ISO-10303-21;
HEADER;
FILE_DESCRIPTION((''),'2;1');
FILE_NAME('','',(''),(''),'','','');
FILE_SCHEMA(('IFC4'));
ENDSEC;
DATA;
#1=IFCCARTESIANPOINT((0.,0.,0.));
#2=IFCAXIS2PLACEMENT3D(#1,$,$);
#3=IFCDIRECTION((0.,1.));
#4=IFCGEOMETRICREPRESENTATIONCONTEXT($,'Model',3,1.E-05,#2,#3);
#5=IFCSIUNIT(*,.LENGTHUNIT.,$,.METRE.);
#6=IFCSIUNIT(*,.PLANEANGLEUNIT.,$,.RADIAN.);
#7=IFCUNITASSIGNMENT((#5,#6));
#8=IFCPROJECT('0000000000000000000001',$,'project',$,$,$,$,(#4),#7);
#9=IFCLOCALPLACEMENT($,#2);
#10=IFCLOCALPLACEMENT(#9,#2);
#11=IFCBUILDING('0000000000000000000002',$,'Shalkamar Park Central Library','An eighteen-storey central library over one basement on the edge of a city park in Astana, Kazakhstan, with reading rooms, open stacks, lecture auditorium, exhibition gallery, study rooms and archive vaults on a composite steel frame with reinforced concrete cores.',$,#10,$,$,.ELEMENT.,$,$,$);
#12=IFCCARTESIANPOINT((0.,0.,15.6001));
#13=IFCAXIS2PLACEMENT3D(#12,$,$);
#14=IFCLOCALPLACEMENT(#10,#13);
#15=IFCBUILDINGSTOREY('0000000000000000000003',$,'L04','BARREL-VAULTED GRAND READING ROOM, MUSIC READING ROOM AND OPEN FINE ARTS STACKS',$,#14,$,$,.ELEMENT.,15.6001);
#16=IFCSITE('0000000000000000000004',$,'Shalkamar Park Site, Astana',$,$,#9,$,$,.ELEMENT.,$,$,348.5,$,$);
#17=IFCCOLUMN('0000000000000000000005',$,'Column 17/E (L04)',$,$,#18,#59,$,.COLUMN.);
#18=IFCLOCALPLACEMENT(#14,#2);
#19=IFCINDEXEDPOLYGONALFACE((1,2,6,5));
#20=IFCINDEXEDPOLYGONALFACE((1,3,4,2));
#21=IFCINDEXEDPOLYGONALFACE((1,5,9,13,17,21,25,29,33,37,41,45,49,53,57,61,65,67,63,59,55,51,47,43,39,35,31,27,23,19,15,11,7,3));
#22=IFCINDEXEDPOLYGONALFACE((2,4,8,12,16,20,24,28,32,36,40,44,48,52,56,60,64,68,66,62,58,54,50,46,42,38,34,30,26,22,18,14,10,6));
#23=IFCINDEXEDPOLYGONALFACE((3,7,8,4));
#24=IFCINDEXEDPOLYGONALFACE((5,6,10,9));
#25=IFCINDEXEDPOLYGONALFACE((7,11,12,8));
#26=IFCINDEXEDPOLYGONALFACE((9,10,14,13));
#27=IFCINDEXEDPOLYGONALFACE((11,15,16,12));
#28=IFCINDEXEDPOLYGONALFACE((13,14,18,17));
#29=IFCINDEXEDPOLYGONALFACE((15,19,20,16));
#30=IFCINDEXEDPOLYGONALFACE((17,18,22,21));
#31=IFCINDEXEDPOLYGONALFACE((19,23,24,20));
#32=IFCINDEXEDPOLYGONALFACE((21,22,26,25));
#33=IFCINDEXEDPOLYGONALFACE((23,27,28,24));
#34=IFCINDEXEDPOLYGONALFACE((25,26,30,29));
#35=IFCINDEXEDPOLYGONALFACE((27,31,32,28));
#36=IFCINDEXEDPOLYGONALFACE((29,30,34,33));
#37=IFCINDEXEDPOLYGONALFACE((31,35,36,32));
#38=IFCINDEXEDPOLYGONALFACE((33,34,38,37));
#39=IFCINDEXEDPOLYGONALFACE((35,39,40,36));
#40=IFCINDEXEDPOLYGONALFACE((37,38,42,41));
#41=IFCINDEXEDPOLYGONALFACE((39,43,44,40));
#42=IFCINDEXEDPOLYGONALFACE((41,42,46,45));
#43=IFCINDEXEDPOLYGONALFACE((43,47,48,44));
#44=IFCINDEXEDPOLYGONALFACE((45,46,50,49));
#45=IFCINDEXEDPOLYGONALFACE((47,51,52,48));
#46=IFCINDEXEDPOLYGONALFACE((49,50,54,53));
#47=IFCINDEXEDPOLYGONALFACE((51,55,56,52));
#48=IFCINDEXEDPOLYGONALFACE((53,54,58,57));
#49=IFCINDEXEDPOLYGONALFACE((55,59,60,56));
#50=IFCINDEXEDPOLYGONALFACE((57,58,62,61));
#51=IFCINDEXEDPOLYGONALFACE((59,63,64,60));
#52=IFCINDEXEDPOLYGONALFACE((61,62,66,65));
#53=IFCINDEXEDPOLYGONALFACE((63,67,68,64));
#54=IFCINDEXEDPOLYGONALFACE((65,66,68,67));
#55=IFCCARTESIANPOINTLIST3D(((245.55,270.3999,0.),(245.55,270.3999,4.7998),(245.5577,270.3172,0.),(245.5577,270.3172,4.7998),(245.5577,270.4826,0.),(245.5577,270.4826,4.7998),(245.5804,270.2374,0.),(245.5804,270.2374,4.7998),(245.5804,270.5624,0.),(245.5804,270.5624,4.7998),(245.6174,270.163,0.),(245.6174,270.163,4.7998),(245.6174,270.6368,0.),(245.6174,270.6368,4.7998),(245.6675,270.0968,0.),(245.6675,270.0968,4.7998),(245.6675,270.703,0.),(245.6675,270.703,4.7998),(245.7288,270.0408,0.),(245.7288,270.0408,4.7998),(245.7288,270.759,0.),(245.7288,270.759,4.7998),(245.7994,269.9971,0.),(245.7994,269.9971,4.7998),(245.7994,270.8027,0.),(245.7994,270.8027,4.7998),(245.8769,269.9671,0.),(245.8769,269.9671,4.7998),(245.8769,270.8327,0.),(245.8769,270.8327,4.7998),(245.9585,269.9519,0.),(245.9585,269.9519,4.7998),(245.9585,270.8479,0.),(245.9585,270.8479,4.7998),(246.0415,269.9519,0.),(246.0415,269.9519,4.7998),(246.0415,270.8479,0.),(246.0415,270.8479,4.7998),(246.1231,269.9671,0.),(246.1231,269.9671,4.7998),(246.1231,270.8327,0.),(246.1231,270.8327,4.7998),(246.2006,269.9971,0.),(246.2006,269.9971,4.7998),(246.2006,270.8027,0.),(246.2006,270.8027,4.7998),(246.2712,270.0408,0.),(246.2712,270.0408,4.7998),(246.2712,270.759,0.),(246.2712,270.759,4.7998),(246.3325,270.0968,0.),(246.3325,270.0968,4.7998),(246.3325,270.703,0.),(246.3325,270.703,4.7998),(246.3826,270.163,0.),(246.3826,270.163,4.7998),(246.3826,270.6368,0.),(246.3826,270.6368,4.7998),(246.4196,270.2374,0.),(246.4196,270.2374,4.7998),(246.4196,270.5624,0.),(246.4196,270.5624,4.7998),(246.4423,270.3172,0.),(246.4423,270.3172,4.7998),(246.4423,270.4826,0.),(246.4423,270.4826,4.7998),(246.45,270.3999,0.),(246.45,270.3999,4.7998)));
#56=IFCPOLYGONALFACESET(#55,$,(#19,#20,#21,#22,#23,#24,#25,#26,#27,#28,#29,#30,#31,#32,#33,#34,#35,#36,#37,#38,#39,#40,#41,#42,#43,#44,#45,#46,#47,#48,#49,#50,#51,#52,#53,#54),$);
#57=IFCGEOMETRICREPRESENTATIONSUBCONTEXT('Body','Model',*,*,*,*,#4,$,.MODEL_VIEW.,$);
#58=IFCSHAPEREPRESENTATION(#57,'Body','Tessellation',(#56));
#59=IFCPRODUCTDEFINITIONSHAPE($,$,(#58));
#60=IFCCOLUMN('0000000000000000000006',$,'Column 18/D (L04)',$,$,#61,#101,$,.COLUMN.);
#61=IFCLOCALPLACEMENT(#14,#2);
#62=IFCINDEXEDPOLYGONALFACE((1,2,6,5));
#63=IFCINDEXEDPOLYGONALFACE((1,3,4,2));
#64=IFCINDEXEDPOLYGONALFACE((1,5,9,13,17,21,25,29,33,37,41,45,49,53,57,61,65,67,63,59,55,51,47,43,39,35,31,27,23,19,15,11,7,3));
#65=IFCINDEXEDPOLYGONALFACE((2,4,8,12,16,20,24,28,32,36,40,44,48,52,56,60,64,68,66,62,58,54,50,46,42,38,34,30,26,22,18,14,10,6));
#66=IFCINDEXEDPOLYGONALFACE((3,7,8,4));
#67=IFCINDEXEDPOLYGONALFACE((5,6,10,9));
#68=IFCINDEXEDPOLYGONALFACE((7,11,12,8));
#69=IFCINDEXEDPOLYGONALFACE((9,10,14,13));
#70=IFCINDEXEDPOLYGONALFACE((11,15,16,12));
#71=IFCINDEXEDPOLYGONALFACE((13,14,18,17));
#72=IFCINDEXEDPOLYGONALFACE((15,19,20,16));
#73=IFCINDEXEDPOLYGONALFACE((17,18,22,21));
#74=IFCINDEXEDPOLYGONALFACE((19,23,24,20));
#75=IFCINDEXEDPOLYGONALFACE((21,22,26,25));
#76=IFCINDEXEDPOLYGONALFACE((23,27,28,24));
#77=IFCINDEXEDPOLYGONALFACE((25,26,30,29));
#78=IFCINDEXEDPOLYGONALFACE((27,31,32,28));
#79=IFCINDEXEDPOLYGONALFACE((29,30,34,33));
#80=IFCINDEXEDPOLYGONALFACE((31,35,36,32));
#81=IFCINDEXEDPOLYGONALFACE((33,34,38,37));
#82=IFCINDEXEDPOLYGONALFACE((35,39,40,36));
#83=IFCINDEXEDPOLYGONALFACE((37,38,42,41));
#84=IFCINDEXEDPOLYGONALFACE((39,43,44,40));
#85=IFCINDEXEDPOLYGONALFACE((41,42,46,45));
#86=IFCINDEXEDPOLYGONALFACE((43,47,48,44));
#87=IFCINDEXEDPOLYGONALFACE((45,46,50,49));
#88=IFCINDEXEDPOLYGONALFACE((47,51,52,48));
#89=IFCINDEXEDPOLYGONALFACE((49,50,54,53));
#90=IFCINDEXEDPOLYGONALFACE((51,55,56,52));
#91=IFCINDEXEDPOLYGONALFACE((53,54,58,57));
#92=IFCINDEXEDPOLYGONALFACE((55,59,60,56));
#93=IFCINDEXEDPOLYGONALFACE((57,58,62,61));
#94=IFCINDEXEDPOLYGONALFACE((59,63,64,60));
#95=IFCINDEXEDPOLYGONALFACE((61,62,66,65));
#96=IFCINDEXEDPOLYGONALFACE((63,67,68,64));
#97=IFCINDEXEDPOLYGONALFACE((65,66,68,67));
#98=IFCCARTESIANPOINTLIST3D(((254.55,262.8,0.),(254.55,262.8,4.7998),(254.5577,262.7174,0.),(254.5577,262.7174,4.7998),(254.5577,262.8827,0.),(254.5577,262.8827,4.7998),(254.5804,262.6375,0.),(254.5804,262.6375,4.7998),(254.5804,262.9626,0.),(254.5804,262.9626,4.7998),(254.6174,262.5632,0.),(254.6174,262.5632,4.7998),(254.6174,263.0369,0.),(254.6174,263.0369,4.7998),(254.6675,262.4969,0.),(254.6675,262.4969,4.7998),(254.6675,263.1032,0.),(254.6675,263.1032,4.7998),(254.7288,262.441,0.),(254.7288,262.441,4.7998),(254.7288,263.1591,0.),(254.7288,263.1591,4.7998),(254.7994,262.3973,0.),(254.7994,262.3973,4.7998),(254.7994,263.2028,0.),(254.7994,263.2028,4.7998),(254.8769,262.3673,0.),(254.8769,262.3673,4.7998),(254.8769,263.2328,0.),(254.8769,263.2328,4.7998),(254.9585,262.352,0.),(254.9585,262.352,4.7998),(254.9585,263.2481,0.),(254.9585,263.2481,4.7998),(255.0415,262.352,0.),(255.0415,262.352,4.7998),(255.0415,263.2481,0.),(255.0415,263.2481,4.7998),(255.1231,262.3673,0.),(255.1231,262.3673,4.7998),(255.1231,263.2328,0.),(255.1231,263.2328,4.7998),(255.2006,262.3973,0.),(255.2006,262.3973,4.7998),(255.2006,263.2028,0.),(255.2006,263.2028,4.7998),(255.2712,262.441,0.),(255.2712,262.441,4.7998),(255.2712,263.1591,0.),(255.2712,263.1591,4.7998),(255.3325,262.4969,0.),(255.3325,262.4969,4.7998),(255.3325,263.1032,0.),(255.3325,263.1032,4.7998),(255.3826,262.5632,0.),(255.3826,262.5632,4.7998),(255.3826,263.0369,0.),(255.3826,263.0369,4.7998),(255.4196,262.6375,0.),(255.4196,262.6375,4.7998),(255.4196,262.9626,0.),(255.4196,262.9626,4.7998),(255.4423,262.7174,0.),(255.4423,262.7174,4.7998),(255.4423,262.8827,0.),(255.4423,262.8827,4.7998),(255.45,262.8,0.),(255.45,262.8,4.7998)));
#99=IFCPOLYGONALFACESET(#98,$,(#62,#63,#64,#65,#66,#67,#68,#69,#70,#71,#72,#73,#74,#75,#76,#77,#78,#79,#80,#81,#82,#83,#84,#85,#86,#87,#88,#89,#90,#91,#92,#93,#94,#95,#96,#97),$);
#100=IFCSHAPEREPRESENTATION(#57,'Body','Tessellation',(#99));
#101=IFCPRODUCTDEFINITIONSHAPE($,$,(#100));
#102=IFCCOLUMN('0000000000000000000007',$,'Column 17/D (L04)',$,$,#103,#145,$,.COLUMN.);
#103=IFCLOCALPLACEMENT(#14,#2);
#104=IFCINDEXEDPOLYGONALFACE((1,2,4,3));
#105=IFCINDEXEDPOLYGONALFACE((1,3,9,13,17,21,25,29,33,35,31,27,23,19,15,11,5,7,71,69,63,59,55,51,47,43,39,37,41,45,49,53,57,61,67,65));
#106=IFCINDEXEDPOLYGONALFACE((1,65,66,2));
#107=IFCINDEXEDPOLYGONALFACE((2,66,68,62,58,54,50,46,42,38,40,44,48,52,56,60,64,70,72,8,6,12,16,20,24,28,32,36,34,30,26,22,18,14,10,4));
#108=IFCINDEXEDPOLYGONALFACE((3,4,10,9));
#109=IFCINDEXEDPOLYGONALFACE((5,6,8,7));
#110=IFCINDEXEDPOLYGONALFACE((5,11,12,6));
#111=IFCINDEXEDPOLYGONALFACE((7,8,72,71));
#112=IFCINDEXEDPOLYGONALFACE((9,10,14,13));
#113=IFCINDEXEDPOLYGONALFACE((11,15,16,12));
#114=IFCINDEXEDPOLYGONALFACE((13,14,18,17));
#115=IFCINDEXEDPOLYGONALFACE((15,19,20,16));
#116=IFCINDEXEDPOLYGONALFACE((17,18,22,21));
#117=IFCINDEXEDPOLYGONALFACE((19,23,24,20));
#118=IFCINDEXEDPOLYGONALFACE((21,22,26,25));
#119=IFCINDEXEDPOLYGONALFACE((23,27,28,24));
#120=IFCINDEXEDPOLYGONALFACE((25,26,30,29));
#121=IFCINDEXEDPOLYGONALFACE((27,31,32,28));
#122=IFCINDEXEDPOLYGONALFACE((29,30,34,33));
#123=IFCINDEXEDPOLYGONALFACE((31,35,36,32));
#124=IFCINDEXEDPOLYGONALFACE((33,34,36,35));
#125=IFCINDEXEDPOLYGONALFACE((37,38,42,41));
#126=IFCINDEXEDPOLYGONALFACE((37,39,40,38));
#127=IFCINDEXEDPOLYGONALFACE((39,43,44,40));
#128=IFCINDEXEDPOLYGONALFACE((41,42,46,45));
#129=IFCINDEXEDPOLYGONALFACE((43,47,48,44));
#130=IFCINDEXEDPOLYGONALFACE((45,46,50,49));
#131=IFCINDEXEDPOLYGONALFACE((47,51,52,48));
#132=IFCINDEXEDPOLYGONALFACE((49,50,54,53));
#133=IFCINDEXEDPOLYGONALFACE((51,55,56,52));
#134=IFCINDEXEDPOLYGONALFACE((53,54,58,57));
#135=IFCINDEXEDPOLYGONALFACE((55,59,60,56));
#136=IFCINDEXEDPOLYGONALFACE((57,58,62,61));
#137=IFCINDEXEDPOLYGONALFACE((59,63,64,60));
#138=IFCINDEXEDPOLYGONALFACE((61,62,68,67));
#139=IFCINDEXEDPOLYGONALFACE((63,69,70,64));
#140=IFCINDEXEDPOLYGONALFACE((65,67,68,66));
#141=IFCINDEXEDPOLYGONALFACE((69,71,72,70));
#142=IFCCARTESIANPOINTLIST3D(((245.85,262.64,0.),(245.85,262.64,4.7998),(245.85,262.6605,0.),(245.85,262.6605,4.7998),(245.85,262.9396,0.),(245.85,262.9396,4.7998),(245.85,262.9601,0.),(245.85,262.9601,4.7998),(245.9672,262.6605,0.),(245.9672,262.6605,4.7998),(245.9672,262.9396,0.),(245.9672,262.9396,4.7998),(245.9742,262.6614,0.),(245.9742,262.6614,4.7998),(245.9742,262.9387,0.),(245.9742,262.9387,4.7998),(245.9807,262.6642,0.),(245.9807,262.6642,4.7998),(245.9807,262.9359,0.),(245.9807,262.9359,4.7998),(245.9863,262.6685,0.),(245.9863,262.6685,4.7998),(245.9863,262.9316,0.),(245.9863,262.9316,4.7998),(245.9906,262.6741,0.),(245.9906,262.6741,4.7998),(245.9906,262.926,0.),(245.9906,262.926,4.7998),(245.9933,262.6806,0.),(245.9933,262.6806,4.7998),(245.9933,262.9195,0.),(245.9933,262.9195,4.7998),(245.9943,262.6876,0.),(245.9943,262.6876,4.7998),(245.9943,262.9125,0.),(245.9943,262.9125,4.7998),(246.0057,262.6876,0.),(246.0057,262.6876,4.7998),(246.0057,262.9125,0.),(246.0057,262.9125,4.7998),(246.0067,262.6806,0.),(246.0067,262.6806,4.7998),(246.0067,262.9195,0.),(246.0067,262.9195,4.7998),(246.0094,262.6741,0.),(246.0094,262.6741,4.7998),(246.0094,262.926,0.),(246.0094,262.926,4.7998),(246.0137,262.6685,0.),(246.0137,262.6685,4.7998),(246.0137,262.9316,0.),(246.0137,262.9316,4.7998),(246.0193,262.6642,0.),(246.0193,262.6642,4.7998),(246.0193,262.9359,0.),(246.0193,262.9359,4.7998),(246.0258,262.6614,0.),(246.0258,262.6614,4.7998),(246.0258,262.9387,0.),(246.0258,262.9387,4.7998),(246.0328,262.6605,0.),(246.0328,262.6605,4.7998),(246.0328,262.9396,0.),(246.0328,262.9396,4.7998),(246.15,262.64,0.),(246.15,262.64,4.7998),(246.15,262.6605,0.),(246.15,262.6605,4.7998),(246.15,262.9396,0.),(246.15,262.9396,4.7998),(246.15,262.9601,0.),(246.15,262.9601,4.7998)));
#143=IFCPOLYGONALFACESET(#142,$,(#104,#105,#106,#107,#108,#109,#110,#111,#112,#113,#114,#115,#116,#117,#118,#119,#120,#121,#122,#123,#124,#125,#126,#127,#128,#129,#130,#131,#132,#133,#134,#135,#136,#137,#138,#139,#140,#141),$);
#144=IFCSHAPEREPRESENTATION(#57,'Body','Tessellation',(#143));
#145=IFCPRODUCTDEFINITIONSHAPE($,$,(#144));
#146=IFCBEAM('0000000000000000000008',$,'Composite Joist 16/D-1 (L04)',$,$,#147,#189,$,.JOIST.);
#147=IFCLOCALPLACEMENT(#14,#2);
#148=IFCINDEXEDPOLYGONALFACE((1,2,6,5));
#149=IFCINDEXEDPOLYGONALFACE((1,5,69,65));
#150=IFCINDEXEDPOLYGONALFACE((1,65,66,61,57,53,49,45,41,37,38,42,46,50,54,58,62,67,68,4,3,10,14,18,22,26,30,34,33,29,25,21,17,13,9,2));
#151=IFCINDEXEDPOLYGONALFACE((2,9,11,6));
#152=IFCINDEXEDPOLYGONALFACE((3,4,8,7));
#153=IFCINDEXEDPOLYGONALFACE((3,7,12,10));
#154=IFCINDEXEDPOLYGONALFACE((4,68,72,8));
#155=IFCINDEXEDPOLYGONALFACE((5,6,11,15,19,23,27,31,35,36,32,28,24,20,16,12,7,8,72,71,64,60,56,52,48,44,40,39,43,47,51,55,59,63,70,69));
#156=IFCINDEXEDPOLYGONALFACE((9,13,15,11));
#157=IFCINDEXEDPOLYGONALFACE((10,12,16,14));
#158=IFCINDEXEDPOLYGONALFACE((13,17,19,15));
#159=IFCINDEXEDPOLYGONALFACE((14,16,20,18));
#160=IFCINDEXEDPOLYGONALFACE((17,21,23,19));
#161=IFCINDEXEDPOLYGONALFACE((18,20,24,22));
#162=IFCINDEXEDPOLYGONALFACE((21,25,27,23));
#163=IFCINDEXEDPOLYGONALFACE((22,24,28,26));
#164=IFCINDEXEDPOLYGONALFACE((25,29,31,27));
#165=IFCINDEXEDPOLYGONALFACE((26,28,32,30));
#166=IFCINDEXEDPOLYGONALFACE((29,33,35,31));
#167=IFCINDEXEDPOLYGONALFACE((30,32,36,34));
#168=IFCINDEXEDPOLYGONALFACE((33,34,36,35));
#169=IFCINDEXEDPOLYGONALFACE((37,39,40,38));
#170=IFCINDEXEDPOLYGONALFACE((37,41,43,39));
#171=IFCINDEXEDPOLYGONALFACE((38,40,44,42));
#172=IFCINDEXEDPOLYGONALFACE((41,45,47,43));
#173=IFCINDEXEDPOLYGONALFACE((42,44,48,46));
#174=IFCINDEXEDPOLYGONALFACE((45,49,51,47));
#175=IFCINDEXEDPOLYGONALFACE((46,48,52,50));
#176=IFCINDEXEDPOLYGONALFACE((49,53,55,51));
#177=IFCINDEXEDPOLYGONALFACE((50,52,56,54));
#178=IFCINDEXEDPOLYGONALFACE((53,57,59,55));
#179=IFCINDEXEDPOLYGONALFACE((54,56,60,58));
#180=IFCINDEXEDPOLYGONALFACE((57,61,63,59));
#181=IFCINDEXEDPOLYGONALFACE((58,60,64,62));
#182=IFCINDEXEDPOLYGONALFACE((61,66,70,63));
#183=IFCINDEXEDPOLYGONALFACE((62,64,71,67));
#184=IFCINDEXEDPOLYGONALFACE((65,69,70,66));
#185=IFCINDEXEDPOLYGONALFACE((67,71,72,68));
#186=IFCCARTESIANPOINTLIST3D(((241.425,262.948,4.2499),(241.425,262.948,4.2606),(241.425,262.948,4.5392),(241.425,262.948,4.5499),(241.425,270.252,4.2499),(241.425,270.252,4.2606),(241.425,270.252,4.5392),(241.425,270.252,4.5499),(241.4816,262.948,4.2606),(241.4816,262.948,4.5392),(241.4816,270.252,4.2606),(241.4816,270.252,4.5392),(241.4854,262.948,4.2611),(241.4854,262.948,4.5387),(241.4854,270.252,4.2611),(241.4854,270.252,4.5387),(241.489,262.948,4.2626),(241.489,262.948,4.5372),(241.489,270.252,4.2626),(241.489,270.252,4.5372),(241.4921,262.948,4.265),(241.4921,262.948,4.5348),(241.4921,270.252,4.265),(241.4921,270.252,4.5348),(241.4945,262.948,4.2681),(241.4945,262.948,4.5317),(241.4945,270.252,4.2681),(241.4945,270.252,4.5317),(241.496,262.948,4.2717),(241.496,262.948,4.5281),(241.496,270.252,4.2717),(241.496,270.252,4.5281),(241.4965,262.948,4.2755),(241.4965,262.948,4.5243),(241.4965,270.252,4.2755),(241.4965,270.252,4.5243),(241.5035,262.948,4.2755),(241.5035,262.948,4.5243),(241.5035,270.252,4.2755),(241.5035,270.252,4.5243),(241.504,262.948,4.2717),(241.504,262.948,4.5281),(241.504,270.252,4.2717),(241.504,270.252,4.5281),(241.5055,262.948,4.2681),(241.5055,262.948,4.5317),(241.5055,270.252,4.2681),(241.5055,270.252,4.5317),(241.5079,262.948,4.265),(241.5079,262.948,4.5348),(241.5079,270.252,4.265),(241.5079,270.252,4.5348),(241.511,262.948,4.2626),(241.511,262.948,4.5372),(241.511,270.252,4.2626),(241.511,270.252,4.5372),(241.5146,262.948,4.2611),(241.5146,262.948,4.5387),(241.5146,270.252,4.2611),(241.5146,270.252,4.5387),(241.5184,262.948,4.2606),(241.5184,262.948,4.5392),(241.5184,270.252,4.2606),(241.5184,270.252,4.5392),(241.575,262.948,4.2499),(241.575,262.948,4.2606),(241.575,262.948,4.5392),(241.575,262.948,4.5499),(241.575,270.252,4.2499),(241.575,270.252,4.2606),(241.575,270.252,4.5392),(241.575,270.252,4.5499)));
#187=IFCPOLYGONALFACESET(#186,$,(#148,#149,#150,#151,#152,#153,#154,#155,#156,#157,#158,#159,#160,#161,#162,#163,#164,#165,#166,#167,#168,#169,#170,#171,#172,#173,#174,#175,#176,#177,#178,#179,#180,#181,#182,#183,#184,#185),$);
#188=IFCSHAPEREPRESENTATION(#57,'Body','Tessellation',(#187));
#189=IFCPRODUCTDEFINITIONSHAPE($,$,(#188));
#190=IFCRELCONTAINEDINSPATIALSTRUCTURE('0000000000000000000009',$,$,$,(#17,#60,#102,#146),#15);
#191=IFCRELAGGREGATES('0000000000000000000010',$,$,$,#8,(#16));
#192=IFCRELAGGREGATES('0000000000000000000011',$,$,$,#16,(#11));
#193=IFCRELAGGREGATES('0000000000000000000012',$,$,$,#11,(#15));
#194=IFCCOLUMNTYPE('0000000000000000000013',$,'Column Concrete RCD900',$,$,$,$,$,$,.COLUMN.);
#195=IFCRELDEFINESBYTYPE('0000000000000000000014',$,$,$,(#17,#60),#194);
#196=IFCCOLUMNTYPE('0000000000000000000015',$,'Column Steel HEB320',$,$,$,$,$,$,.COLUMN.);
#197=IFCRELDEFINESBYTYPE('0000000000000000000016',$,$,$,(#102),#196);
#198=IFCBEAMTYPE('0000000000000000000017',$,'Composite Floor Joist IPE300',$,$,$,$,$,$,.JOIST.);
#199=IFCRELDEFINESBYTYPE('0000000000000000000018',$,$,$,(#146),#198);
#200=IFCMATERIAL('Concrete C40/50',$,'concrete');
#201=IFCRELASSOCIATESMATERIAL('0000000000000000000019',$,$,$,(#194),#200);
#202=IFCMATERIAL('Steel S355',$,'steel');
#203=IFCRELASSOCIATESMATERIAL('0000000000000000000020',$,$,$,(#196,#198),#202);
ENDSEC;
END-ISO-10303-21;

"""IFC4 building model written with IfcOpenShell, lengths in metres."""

from ifc_helpers import new_model, si_unit, direction, frame, origin, origin_2d, place, context, subcontext, project, spatial, circle, i_section, extrude, material, material_profile, profile_set, type_object, element, save


model = new_model("IFC4")

# Units and contexts
model_context = context("Model", 3, precision=1e-05, world=origin(), true_north=direction((0.0, 1.0)))
body_context = subcontext(model_context, "Body", "Model", "MODEL_VIEW")
ifc_project = project(units=[si_unit("LENGTHUNIT", "METRE"), si_unit("PLANEANGLEUNIT", "RADIAN")], contexts=[model_context])

# Site, building, storey
site_placement = place(None, origin())
site = spatial("IfcSite", under=ifc_project, at=site_placement, Name="Shalkamar Park Site, Astana", CompositionType="ELEMENT", RefElevation=348.5)
building_placement = place(site_placement, origin())
building = spatial("IfcBuilding", under=site, at=building_placement, Name="Shalkamar Park Central Library", Description="An eighteen-storey central library over one basement on the edge of a city park in Astana, Kazakhstan, with reading rooms, open stacks, lecture auditorium, exhibition gallery, study rooms and archive vaults on a composite steel frame with reinforced concrete cores.", CompositionType="ELEMENT")
storey_placement = place(building_placement, frame((0.0, 0.0, 15.6001)))
storey = spatial("IfcBuildingStorey", under=building, at=storey_placement, Name="L04", Description="BARREL-VAULTED GRAND READING ROOM, MUSIC READING ROOM AND OPEN FINE ARTS STACKS", CompositionType="ELEMENT", Elevation=15.6001)

# Columns
ifc_material_1 = material(Name="Concrete C40/50", Category="concrete")
ifc_material_profile_1 = material_profile(ifc_material_1, circle(Radius=0.45, at=origin_2d()), Name="RC D900")
ifc_profile_set_1 = profile_set([ifc_material_profile_1], Name="Concrete C40/50")
column_type_1 = type_object("IfcColumnType", Name="Column Concrete RCD900", PredefinedType="COLUMN", material=ifc_profile_set_1)
for number, where, z_axis, x_axis, name in (
    (1, (246.0, 270.3999, 0.0), (0.0, 0.0, 1.0), (1.0, 0.0, 0.0), "Column 17/E (L04)"),
    (2, (255.0, 262.8, 0.0), (0.0, 0.0, 1.0), (1.0, 0.0, 0.0), "Column 18/D (L04)"),
):
    element("IfcColumn", number, at=place(storey_placement, frame(where, z_axis=z_axis, x_axis=x_axis)), inside=storey, type_object=column_type_1, Name=name, PredefinedType="COLUMN", context=body_context, shape_type="SweptSolid", body=[
        extrude(circle(Radius=0.45, at=origin_2d()), origin(), (0.0, 0.0, 1.0), 4.7998),
    ])
ifc_material_2 = material(Name="Steel S355", Category="steel")
ifc_material_profile_2 = material_profile(ifc_material_2, i_section(OverallWidth=0.3, OverallDepth=0.3201, WebThickness=0.0115, FlangeThickness=0.0205, FilletRadius=0.0271, at=origin_2d()), Name="HEB 320")
ifc_profile_set_2 = profile_set([ifc_material_profile_2], Name="Steel S355")
column_type_2 = type_object("IfcColumnType", Name="Column Steel HEB320", PredefinedType="COLUMN", material=ifc_profile_set_2)
column_placement = place(storey_placement, frame((246.0, 262.8, 0.0), z_axis=(0.0, 0.0, 1.0), x_axis=(1.0, 0.0, 0.0)))
element("IfcColumn", 3, at=column_placement, inside=storey, type_object=column_type_2, Name="Column 17/D (L04)", PredefinedType="COLUMN", context=body_context, shape_type="SweptSolid", body=[
    extrude(i_section(OverallWidth=0.3, OverallDepth=0.3201, WebThickness=0.0115, FlangeThickness=0.0205, FilletRadius=0.0271, at=origin_2d()), origin(), (0.0, 0.0, 1.0), 4.7998),
])

# Beam
ifc_material_profile_3 = material_profile(ifc_material_2, i_section(OverallWidth=0.1499, OverallDepth=0.3, WebThickness=0.0071, FlangeThickness=0.0107, FilletRadius=0.0149, at=origin_2d()), Name="IPE 300")
ifc_profile_set_3 = profile_set([ifc_material_profile_3], Name="Steel S355")
beam_type_1 = type_object("IfcBeamType", Name="Composite Floor Joist IPE300", PredefinedType="JOIST", material=ifc_profile_set_3)
for number, where, z_axis, x_axis, name in (
    (4, (241.5, 262.948, 4.3999), (0.0, 1.0, 0.0), (-1.0, 0.0, 0.0), "Composite Joist 16/D-1 (L04)"),
):
    element("IfcBeam", number, at=place(storey_placement, frame(where, z_axis=z_axis, x_axis=x_axis)), inside=storey, type_object=beam_type_1, Name=name, PredefinedType="JOIST", context=body_context, shape_type="SweptSolid", body=[
        extrude(i_section(OverallWidth=0.1499, OverallDepth=0.3, WebThickness=0.0071, FlangeThickness=0.0107, FilletRadius=0.0149, at=origin_2d()), origin(), (0.0, 0.0, 1.0), 7.304),
    ])

save(model, "model.ifc")
